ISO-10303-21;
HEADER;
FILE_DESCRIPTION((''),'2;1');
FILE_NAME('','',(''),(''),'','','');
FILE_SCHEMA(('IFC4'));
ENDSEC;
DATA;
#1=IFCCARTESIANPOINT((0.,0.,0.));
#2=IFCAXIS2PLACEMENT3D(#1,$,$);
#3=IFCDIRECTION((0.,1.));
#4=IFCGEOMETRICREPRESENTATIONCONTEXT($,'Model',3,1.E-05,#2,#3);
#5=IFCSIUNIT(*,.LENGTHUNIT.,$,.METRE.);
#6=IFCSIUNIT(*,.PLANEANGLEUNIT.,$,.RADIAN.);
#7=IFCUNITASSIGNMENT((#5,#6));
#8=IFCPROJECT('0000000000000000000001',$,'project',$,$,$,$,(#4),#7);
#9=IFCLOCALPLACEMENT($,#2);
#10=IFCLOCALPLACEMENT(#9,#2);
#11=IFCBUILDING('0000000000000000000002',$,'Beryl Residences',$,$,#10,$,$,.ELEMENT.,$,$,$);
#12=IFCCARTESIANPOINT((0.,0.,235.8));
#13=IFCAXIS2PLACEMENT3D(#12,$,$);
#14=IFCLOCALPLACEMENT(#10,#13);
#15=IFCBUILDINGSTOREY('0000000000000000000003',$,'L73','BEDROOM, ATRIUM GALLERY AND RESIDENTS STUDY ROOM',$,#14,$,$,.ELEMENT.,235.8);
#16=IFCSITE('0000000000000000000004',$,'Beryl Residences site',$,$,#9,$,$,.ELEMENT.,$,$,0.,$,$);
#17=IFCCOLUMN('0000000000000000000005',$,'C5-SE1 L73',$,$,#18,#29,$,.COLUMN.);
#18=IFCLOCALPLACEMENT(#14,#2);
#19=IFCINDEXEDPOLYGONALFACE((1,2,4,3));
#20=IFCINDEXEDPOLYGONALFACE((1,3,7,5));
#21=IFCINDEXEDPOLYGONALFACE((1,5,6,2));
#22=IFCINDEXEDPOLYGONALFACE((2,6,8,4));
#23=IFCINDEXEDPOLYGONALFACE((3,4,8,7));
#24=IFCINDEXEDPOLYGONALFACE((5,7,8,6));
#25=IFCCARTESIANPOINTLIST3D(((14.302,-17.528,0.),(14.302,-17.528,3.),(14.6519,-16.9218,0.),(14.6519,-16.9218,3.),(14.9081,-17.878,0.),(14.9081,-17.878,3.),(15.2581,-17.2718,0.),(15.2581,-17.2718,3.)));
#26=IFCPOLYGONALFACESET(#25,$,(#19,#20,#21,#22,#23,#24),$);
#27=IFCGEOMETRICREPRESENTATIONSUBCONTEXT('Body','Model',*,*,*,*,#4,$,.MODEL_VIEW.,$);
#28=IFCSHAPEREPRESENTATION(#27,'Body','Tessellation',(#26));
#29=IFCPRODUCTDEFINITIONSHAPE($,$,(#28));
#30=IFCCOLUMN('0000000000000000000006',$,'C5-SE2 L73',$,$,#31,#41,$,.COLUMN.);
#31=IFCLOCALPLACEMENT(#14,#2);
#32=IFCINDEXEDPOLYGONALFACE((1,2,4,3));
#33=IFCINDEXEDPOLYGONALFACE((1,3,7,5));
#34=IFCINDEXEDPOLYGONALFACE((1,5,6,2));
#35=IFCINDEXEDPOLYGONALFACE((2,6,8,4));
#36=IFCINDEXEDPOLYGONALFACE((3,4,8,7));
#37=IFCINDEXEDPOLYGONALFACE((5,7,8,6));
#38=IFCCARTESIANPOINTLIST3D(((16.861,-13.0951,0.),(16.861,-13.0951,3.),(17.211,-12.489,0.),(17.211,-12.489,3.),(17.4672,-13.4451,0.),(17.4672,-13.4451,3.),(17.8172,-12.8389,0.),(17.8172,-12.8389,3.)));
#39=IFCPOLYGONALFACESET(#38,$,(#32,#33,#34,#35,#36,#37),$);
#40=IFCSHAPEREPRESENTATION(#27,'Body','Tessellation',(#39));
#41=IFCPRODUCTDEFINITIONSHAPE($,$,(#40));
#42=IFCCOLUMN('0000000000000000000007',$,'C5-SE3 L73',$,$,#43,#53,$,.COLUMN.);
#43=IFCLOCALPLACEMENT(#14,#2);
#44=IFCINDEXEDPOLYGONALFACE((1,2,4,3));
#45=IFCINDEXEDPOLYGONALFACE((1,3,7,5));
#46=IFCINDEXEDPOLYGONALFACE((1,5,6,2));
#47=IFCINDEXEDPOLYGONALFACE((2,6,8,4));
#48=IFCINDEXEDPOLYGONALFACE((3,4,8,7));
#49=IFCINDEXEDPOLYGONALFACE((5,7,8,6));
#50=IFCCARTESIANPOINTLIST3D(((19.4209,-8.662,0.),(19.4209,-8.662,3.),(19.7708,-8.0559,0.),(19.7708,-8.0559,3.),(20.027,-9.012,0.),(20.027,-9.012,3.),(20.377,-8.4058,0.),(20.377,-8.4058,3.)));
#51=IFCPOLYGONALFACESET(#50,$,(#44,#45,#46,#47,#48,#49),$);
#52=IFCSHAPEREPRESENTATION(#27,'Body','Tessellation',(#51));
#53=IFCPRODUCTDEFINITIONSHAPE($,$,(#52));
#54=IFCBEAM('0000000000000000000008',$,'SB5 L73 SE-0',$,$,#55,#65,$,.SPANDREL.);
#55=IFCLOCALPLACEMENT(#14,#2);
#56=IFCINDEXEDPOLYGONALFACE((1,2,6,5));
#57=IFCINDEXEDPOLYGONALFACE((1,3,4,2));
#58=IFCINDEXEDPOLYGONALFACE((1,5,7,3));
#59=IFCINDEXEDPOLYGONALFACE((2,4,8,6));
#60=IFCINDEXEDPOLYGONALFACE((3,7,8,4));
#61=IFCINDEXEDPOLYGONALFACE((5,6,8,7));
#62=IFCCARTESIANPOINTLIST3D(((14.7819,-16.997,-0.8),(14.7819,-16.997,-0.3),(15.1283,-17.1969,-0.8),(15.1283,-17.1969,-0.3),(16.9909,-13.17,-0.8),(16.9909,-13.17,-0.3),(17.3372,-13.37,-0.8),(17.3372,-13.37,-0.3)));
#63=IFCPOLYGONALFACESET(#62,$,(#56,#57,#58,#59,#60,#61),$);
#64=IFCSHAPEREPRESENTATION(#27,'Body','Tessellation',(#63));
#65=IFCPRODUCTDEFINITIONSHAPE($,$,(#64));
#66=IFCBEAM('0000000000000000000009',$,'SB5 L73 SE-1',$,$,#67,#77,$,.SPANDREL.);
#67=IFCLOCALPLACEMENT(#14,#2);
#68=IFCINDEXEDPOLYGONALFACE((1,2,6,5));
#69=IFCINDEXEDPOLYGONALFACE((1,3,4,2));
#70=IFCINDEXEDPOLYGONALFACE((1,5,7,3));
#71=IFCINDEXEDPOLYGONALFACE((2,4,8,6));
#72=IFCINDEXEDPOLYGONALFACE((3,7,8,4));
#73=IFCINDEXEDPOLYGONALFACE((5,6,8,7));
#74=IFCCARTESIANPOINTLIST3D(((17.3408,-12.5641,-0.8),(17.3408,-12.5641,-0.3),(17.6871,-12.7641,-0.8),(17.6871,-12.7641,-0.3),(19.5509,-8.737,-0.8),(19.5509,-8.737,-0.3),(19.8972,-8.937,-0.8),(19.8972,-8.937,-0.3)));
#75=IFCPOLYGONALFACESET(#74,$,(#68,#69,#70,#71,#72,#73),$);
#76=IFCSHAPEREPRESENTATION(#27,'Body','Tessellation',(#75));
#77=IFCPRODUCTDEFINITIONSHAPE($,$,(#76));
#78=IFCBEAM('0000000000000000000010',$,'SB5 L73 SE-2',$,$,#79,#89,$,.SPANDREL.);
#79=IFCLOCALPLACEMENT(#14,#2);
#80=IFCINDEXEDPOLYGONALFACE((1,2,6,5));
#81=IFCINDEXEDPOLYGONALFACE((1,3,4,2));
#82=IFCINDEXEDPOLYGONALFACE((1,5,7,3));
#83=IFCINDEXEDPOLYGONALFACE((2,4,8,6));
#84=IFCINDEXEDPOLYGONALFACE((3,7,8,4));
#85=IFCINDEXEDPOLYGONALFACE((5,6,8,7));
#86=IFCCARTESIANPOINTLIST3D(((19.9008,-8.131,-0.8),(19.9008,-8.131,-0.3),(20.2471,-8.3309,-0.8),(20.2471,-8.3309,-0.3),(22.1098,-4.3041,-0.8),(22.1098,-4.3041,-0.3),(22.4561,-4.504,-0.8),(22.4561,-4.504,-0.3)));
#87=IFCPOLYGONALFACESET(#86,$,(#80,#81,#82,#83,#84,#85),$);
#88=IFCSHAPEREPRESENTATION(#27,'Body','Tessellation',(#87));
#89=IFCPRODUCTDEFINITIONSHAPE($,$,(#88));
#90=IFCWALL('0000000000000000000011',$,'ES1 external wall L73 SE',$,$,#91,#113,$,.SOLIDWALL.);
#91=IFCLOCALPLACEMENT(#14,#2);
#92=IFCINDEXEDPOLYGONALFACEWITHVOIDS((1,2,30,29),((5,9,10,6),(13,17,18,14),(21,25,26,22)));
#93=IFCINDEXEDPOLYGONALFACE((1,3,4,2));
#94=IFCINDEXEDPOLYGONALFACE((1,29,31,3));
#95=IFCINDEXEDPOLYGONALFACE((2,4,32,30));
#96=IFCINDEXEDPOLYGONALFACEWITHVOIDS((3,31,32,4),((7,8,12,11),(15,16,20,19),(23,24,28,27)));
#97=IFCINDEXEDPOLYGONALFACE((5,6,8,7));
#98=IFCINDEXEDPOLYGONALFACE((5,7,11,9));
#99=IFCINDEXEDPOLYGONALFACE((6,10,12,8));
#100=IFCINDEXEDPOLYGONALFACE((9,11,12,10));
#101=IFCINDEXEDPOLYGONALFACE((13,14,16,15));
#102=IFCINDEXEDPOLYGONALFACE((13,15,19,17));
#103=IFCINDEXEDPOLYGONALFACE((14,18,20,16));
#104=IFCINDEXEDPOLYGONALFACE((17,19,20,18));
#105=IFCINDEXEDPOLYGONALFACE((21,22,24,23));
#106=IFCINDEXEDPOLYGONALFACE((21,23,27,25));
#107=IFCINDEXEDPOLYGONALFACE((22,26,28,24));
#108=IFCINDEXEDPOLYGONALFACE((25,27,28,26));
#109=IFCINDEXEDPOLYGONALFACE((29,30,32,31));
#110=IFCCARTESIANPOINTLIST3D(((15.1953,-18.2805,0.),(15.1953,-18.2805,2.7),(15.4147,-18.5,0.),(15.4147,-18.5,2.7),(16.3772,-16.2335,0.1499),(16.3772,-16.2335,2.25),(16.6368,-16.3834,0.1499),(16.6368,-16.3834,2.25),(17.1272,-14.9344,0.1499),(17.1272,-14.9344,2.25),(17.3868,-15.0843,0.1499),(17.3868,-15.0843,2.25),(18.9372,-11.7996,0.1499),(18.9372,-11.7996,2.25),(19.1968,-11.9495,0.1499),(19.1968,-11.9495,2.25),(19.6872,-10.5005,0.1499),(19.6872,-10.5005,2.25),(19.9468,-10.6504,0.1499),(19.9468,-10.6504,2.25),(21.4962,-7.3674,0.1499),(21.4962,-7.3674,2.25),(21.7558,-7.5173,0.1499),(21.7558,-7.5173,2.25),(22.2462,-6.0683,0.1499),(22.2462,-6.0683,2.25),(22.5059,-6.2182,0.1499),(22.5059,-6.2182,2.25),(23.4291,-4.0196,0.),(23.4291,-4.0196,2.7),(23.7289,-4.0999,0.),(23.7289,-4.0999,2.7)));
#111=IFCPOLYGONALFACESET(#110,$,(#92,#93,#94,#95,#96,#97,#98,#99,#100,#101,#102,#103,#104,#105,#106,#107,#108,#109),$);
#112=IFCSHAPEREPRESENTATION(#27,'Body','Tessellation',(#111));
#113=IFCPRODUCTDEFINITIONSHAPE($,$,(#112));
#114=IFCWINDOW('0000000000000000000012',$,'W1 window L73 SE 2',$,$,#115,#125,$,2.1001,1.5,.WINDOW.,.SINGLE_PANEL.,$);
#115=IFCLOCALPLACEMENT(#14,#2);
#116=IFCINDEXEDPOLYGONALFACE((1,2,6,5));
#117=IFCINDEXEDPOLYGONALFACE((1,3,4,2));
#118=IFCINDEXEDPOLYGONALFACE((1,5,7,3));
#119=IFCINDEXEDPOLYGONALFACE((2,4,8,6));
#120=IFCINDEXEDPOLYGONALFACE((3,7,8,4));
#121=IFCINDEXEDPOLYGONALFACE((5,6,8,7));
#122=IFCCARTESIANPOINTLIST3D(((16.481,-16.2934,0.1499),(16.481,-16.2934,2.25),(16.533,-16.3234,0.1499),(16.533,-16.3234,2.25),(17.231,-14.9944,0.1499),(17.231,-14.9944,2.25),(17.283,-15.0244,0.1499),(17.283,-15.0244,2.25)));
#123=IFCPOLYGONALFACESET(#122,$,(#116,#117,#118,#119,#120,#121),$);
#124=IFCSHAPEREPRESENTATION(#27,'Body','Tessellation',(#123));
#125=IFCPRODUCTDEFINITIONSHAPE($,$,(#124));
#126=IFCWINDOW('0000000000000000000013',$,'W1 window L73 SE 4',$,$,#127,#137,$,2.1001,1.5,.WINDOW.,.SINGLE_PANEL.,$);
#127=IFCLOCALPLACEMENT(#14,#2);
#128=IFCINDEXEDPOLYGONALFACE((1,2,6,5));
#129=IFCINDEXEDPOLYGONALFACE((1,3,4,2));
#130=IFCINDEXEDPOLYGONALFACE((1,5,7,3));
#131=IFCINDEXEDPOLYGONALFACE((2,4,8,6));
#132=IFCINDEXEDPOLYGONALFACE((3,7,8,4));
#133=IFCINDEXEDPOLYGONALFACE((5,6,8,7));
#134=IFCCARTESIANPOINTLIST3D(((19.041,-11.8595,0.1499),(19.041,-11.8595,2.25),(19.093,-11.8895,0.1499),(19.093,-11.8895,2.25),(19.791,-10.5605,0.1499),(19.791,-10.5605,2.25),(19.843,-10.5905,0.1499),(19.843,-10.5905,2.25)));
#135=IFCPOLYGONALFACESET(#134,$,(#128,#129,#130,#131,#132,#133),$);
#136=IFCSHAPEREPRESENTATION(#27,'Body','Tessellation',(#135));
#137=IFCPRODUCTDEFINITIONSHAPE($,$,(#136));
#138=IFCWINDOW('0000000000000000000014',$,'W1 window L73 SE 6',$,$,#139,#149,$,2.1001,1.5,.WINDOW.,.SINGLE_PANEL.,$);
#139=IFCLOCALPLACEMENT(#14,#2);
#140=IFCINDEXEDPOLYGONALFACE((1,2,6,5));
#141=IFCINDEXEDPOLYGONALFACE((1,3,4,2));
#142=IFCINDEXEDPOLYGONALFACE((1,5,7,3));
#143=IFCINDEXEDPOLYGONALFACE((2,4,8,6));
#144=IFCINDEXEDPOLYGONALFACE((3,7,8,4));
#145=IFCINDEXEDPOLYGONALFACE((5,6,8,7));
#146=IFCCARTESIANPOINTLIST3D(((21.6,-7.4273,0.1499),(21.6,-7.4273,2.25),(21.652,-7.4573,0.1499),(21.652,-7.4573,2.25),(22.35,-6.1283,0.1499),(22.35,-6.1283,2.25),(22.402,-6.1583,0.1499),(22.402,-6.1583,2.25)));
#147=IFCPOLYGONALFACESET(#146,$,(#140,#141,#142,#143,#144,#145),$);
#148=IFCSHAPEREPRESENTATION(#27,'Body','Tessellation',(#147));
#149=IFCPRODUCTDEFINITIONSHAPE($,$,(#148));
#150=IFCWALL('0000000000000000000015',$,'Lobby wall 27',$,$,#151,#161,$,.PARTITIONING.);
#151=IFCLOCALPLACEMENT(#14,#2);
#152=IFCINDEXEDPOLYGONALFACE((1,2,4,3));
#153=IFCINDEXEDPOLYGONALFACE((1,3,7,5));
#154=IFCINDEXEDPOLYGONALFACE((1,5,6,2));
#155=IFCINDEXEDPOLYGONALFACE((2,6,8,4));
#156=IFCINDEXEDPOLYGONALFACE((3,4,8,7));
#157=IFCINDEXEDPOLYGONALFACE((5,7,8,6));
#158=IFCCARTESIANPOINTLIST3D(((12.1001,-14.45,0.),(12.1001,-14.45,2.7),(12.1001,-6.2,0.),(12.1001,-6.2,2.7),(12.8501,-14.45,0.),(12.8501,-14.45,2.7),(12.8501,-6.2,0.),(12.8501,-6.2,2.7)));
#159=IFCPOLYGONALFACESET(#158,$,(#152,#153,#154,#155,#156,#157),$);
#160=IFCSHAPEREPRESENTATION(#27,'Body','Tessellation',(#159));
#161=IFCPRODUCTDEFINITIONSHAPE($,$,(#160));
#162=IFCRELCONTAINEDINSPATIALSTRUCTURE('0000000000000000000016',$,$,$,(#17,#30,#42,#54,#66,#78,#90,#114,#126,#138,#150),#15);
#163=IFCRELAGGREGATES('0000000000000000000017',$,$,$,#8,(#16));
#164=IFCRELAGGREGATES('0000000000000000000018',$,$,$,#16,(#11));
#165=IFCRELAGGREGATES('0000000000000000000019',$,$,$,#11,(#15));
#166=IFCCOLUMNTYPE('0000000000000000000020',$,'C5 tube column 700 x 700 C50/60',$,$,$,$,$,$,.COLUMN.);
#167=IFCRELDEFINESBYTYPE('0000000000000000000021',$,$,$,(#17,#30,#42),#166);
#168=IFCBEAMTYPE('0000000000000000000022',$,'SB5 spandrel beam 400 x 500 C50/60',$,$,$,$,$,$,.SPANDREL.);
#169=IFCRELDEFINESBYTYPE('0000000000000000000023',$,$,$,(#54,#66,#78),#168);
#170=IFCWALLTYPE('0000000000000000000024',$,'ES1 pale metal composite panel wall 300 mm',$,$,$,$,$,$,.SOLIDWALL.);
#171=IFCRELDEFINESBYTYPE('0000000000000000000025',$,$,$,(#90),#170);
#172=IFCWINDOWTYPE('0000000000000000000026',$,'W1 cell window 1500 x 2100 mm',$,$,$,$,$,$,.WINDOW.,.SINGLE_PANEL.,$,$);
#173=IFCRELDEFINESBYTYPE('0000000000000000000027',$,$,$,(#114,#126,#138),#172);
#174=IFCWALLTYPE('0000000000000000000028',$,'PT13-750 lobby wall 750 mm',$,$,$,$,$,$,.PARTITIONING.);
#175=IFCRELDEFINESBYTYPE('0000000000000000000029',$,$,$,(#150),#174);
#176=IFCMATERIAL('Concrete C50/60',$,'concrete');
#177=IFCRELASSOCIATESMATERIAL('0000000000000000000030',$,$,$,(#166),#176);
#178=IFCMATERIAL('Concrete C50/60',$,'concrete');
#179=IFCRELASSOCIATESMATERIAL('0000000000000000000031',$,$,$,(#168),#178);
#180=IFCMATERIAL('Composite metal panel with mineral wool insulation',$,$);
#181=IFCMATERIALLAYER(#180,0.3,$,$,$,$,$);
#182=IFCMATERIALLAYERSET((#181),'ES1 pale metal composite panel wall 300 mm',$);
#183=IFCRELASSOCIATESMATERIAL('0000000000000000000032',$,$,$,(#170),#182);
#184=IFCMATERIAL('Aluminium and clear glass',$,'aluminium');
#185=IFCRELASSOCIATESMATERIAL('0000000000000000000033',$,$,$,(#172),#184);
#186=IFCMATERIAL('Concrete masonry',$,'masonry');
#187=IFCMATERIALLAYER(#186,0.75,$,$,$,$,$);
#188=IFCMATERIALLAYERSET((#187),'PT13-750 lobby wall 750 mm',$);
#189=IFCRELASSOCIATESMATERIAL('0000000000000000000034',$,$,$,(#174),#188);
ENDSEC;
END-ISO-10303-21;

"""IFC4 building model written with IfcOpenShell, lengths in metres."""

from ifc_helpers import new_model, si_unit, direction, frame, frame_2d, origin, origin_2d, place, context, subcontext, project, spatial, polyline, rectangle, outline, extrude, material, layer, layer_set, material_profile, profile_set, type_object, element, fill, save


model = new_model("IFC4")

# Units and contexts
model_context = context("Model", 3, precision=1e-05, world=origin(), true_north=direction((0.0, 1.0)))
body_context = subcontext(model_context, "Body", "Model", "MODEL_VIEW")
ifc_project = project(units=[si_unit("LENGTHUNIT", "METRE"), si_unit("PLANEANGLEUNIT", "RADIAN")], contexts=[model_context])

# Site, building, storey
site_placement = place(None, origin())
site = spatial("IfcSite", under=ifc_project, at=site_placement, Name="Beryl Residences site", CompositionType="ELEMENT", RefElevation=0.0)
building_placement = place(site_placement, origin())
building = spatial("IfcBuilding", under=site, at=building_placement, Name="Beryl Residences", CompositionType="ELEMENT")
storey_placement = place(building_placement, frame((0.0, 0.0, 235.8)))
storey = spatial("IfcBuildingStorey", under=building, at=storey_placement, Name="L73", Description="BEDROOM, ATRIUM GALLERY AND RESIDENTS STUDY ROOM", CompositionType="ELEMENT", Elevation=235.8)

# Columns
ifc_material_1 = material(Name="Concrete C50/60", Category="concrete")
ifc_material_profile_1 = material_profile(ifc_material_1, rectangle(XDim=0.7, YDim=0.7, at=origin_2d()))
ifc_profile_set_1 = profile_set([ifc_material_profile_1], Name="Concrete C50/60")
column_type = type_object("IfcColumnType", Name="C5 tube column 700 x 700 C50/60", PredefinedType="COLUMN", material=ifc_profile_set_1)
for number, where, z_axis, x_axis, name in (
    (1, (14.78, -17.3999, 0.0), (0.0, 0.0, 1.0), (0.499985, 0.866034, 0.0), "C5-SE1 L73"),
    (2, (17.3391, -12.967, 0.0), (0.0, 0.0, 1.0), (0.499985, 0.866034, 0.0), "C5-SE2 L73"),
    (3, (19.8989, -8.5339, 0.0), (0.0, 0.0, 1.0), (0.499985, 0.866034, 0.0), "C5-SE3 L73"),
):
    element("IfcColumn", number, at=place(storey_placement, frame(where, z_axis=z_axis, x_axis=x_axis)), inside=storey, type_object=column_type, Name=name, PredefinedType="COLUMN", context=body_context, shape_type="SweptSolid", body=[
        extrude(rectangle(XDim=0.7, YDim=0.7, at=origin_2d()), origin(), (0.0, 0.0, 1.0), 3.0),
    ])

# Beams
ifc_material_2 = material(Name="Concrete C50/60", Category="concrete")
ifc_material_profile_2 = material_profile(ifc_material_2, rectangle(XDim=0.3999, YDim=0.5, at=origin_2d()))
ifc_profile_set_2 = profile_set([ifc_material_profile_2], Name="Concrete C50/60")
beam_type = type_object("IfcBeamType", Name="SB5 spandrel beam 400 x 500 C50/60", PredefinedType="SPANDREL", material=ifc_profile_set_2)
beam_1_placement = place(storey_placement, frame((14.9551, -17.0969, -0.55), z_axis=(0.499919, 0.866072, 0.0), x_axis=(-0.866072, 0.499919, 0.0)))
element("IfcBeam", 4, at=beam_1_placement, inside=storey, type_object=beam_type, Name="SB5 L73 SE-0", PredefinedType="SPANDREL", context=body_context, shape_type="SweptSolid", body=[
    extrude(rectangle(XDim=0.3999, YDim=0.5, at=origin_2d()), origin(), (0.0, 0.0, 1.0), 4.4187),
])
beam_2_placement = place(storey_placement, frame((17.5139, -12.6641, -0.55), z_axis=(0.500102, 0.865967, 0.0), x_axis=(-0.865967, 0.500102, 0.0)))
element("IfcBeam", 5, at=beam_2_placement, inside=storey, type_object=beam_type, Name="SB5 L73 SE-1", PredefinedType="SPANDREL", context=body_context, shape_type="SweptSolid", body=[
    extrude(rectangle(XDim=0.3999, YDim=0.5, at=origin_2d()), origin(), (0.0, 0.0, 1.0), 4.4194),
])
beam_3_placement = place(storey_placement, frame((20.074, -8.231, -0.55), z_axis=(0.499919, 0.866072, 0.0), x_axis=(-0.866072, 0.499919, 0.0)))
element("IfcBeam", 6, at=beam_3_placement, inside=storey, type_object=beam_type, Name="SB5 L73 SE-2", PredefinedType="SPANDREL", context=body_context, shape_type="SweptSolid", body=[
    extrude(rectangle(XDim=0.3999, YDim=0.5, at=origin_2d()), origin(), (0.0, 0.0, 1.0), 4.4187),
])

# Wall, openings, windows
ifc_material_3 = material(Name="Composite metal panel with mineral wool insulation")
ifc_layer_1 = layer(ifc_material_3, 0.3)
ifc_layer_set_1 = layer_set([ifc_layer_1], Name="ES1 pale metal composite panel wall 300 mm")
wall_type_1 = type_object("IfcWallType", Name="ES1 pale metal composite panel wall 300 mm", PredefinedType="SOLIDWALL", material=ifc_layer_set_1)
wall_1_placement = place(storey_placement, frame((15.2849, -18.425, 0.0), z_axis=(0.0, 0.0, 1.0), x_axis=(0.500013, 0.866018, 0.0)))
wall_1 = element("IfcWall", 7, at=wall_1_placement, inside=storey, type_object=wall_type_1, Name="ES1 external wall L73 SE", PredefinedType="SOLIDWALL", context=body_context, shape_type="SweptSolid", body=[
    extrude(outline(polyline([(0.0, -0.1499), (16.6279, -0.1499), (16.5476, 0.1499), (0.0803, 0.1499), (0.0, -0.1499)])), origin(), (0.0, 0.0, 1.0), 2.7),
])
opening_1_placement = place(wall_1_placement, frame((2.4441, 0.0, 0.1499)))
opening_1 = element("IfcOpeningElement", 8, at=opening_1_placement, cuts=wall_1, PredefinedType="OPENING", context=body_context, shape_type="SweptSolid", body=[
    extrude(rectangle(XDim=1.5, YDim=2.1001, at=frame_2d((0.75, 1.05))), frame((0.0, 0.1599, 0.0), z_axis=(0.0, -1.0, 0.0), x_axis=(1.0, 0.0, 0.0)), (0.0, 0.0, 1.0), 0.3201),
])
opening_2_placement = place(wall_1_placement, frame((7.564, 0.0, 0.1499)))
opening_2 = element("IfcOpeningElement", 9, at=opening_2_placement, cuts=wall_1, PredefinedType="OPENING", context=body_context, shape_type="SweptSolid", body=[
    extrude(rectangle(XDim=1.5, YDim=2.1001, at=frame_2d((0.75, 1.05))), frame((0.0, 0.1599, 0.0), z_axis=(0.0, -1.0, 0.0), x_axis=(1.0, 0.0, 0.0)), (0.0, 0.0, 1.0), 0.3201),
])
opening_3_placement = place(wall_1_placement, frame((12.6819, 0.0, 0.1499)))
opening_3 = element("IfcOpeningElement", 10, at=opening_3_placement, cuts=wall_1, PredefinedType="OPENING", context=body_context, shape_type="SweptSolid", body=[
    extrude(rectangle(XDim=1.5, YDim=2.1001, at=frame_2d((0.75, 1.05))), frame((0.0, 0.1599, 0.0), z_axis=(0.0, -1.0, 0.0), x_axis=(1.0, 0.0, 0.0)), (0.0, 0.0, 1.0), 0.3201),
])
ifc_material_4 = material(Name="Aluminium and clear glass", Category="aluminium")
window_type = type_object("IfcWindowType", Name="W1 cell window 1500 x 2100 mm", PartitioningType="SINGLE_PANEL", PredefinedType="WINDOW", material=ifc_material_4)
window_1_placement = place(opening_1_placement, origin())
window_1 = element("IfcWindow", 11, at=window_1_placement, inside=storey, type_object=window_type, Name="W1 window L73 SE 2", OverallHeight=2.1001, OverallWidth=1.5, PartitioningType="SINGLE_PANEL", PredefinedType="WINDOW", context=body_context, shape_type="SweptSolid", body=[
    extrude(rectangle(XDim=1.5, YDim=2.1001, at=frame_2d((0.75, 1.05))), frame((0.0, 0.03, 0.0), z_axis=(0.0, -1.0, 0.0), x_axis=(1.0, 0.0, 0.0)), (0.0, 0.0, 1.0), 0.0601),
])
fill(opening_1, window_1)
window_2_placement = place(opening_2_placement, origin())
window_2 = element("IfcWindow", 12, at=window_2_placement, inside=storey, type_object=window_type, Name="W1 window L73 SE 4", OverallHeight=2.1001, OverallWidth=1.5, PartitioningType="SINGLE_PANEL", PredefinedType="WINDOW", context=body_context, shape_type="SweptSolid", body=[
    extrude(rectangle(XDim=1.5, YDim=2.1001, at=frame_2d((0.75, 1.05))), frame((0.0, 0.03, 0.0), z_axis=(0.0, -1.0, 0.0), x_axis=(1.0, 0.0, 0.0)), (0.0, 0.0, 1.0), 0.0601),
])
fill(opening_2, window_2)
window_3_placement = place(opening_3_placement, origin())
window_3 = element("IfcWindow", 13, at=window_3_placement, inside=storey, type_object=window_type, Name="W1 window L73 SE 6", OverallHeight=2.1001, OverallWidth=1.5, PartitioningType="SINGLE_PANEL", PredefinedType="WINDOW", context=body_context, shape_type="SweptSolid", body=[
    extrude(rectangle(XDim=1.5, YDim=2.1001, at=frame_2d((0.75, 1.05))), frame((0.0, 0.03, 0.0), z_axis=(0.0, -1.0, 0.0), x_axis=(1.0, 0.0, 0.0)), (0.0, 0.0, 1.0), 0.0601),
])
fill(opening_3, window_3)

# Wall
ifc_material_5 = material(Name="Concrete masonry", Category="masonry")
ifc_layer_2 = layer(ifc_material_5, 0.75)
ifc_layer_set_2 = layer_set([ifc_layer_2], Name="PT13-750 lobby wall 750 mm")
wall_type_2 = type_object("IfcWallType", Name="PT13-750 lobby wall 750 mm", PredefinedType="PARTITIONING", material=ifc_layer_set_2)
wall_2_placement = place(storey_placement, frame((12.4751, -14.45, 0.0), z_axis=(0.0, 0.0, 1.0), x_axis=(0.0, 1.0, 0.0)))
element("IfcWall", 14, at=wall_2_placement, inside=storey, type_object=wall_type_2, Name="Lobby wall 27", PredefinedType="PARTITIONING", context=body_context, shape_type="SweptSolid", body=[
    extrude(rectangle(XDim=8.25, YDim=0.75, at=frame_2d((4.125, 0.0))), origin(), (0.0, 0.0, 1.0), 2.7),
])

save(model, "model.ifc")
